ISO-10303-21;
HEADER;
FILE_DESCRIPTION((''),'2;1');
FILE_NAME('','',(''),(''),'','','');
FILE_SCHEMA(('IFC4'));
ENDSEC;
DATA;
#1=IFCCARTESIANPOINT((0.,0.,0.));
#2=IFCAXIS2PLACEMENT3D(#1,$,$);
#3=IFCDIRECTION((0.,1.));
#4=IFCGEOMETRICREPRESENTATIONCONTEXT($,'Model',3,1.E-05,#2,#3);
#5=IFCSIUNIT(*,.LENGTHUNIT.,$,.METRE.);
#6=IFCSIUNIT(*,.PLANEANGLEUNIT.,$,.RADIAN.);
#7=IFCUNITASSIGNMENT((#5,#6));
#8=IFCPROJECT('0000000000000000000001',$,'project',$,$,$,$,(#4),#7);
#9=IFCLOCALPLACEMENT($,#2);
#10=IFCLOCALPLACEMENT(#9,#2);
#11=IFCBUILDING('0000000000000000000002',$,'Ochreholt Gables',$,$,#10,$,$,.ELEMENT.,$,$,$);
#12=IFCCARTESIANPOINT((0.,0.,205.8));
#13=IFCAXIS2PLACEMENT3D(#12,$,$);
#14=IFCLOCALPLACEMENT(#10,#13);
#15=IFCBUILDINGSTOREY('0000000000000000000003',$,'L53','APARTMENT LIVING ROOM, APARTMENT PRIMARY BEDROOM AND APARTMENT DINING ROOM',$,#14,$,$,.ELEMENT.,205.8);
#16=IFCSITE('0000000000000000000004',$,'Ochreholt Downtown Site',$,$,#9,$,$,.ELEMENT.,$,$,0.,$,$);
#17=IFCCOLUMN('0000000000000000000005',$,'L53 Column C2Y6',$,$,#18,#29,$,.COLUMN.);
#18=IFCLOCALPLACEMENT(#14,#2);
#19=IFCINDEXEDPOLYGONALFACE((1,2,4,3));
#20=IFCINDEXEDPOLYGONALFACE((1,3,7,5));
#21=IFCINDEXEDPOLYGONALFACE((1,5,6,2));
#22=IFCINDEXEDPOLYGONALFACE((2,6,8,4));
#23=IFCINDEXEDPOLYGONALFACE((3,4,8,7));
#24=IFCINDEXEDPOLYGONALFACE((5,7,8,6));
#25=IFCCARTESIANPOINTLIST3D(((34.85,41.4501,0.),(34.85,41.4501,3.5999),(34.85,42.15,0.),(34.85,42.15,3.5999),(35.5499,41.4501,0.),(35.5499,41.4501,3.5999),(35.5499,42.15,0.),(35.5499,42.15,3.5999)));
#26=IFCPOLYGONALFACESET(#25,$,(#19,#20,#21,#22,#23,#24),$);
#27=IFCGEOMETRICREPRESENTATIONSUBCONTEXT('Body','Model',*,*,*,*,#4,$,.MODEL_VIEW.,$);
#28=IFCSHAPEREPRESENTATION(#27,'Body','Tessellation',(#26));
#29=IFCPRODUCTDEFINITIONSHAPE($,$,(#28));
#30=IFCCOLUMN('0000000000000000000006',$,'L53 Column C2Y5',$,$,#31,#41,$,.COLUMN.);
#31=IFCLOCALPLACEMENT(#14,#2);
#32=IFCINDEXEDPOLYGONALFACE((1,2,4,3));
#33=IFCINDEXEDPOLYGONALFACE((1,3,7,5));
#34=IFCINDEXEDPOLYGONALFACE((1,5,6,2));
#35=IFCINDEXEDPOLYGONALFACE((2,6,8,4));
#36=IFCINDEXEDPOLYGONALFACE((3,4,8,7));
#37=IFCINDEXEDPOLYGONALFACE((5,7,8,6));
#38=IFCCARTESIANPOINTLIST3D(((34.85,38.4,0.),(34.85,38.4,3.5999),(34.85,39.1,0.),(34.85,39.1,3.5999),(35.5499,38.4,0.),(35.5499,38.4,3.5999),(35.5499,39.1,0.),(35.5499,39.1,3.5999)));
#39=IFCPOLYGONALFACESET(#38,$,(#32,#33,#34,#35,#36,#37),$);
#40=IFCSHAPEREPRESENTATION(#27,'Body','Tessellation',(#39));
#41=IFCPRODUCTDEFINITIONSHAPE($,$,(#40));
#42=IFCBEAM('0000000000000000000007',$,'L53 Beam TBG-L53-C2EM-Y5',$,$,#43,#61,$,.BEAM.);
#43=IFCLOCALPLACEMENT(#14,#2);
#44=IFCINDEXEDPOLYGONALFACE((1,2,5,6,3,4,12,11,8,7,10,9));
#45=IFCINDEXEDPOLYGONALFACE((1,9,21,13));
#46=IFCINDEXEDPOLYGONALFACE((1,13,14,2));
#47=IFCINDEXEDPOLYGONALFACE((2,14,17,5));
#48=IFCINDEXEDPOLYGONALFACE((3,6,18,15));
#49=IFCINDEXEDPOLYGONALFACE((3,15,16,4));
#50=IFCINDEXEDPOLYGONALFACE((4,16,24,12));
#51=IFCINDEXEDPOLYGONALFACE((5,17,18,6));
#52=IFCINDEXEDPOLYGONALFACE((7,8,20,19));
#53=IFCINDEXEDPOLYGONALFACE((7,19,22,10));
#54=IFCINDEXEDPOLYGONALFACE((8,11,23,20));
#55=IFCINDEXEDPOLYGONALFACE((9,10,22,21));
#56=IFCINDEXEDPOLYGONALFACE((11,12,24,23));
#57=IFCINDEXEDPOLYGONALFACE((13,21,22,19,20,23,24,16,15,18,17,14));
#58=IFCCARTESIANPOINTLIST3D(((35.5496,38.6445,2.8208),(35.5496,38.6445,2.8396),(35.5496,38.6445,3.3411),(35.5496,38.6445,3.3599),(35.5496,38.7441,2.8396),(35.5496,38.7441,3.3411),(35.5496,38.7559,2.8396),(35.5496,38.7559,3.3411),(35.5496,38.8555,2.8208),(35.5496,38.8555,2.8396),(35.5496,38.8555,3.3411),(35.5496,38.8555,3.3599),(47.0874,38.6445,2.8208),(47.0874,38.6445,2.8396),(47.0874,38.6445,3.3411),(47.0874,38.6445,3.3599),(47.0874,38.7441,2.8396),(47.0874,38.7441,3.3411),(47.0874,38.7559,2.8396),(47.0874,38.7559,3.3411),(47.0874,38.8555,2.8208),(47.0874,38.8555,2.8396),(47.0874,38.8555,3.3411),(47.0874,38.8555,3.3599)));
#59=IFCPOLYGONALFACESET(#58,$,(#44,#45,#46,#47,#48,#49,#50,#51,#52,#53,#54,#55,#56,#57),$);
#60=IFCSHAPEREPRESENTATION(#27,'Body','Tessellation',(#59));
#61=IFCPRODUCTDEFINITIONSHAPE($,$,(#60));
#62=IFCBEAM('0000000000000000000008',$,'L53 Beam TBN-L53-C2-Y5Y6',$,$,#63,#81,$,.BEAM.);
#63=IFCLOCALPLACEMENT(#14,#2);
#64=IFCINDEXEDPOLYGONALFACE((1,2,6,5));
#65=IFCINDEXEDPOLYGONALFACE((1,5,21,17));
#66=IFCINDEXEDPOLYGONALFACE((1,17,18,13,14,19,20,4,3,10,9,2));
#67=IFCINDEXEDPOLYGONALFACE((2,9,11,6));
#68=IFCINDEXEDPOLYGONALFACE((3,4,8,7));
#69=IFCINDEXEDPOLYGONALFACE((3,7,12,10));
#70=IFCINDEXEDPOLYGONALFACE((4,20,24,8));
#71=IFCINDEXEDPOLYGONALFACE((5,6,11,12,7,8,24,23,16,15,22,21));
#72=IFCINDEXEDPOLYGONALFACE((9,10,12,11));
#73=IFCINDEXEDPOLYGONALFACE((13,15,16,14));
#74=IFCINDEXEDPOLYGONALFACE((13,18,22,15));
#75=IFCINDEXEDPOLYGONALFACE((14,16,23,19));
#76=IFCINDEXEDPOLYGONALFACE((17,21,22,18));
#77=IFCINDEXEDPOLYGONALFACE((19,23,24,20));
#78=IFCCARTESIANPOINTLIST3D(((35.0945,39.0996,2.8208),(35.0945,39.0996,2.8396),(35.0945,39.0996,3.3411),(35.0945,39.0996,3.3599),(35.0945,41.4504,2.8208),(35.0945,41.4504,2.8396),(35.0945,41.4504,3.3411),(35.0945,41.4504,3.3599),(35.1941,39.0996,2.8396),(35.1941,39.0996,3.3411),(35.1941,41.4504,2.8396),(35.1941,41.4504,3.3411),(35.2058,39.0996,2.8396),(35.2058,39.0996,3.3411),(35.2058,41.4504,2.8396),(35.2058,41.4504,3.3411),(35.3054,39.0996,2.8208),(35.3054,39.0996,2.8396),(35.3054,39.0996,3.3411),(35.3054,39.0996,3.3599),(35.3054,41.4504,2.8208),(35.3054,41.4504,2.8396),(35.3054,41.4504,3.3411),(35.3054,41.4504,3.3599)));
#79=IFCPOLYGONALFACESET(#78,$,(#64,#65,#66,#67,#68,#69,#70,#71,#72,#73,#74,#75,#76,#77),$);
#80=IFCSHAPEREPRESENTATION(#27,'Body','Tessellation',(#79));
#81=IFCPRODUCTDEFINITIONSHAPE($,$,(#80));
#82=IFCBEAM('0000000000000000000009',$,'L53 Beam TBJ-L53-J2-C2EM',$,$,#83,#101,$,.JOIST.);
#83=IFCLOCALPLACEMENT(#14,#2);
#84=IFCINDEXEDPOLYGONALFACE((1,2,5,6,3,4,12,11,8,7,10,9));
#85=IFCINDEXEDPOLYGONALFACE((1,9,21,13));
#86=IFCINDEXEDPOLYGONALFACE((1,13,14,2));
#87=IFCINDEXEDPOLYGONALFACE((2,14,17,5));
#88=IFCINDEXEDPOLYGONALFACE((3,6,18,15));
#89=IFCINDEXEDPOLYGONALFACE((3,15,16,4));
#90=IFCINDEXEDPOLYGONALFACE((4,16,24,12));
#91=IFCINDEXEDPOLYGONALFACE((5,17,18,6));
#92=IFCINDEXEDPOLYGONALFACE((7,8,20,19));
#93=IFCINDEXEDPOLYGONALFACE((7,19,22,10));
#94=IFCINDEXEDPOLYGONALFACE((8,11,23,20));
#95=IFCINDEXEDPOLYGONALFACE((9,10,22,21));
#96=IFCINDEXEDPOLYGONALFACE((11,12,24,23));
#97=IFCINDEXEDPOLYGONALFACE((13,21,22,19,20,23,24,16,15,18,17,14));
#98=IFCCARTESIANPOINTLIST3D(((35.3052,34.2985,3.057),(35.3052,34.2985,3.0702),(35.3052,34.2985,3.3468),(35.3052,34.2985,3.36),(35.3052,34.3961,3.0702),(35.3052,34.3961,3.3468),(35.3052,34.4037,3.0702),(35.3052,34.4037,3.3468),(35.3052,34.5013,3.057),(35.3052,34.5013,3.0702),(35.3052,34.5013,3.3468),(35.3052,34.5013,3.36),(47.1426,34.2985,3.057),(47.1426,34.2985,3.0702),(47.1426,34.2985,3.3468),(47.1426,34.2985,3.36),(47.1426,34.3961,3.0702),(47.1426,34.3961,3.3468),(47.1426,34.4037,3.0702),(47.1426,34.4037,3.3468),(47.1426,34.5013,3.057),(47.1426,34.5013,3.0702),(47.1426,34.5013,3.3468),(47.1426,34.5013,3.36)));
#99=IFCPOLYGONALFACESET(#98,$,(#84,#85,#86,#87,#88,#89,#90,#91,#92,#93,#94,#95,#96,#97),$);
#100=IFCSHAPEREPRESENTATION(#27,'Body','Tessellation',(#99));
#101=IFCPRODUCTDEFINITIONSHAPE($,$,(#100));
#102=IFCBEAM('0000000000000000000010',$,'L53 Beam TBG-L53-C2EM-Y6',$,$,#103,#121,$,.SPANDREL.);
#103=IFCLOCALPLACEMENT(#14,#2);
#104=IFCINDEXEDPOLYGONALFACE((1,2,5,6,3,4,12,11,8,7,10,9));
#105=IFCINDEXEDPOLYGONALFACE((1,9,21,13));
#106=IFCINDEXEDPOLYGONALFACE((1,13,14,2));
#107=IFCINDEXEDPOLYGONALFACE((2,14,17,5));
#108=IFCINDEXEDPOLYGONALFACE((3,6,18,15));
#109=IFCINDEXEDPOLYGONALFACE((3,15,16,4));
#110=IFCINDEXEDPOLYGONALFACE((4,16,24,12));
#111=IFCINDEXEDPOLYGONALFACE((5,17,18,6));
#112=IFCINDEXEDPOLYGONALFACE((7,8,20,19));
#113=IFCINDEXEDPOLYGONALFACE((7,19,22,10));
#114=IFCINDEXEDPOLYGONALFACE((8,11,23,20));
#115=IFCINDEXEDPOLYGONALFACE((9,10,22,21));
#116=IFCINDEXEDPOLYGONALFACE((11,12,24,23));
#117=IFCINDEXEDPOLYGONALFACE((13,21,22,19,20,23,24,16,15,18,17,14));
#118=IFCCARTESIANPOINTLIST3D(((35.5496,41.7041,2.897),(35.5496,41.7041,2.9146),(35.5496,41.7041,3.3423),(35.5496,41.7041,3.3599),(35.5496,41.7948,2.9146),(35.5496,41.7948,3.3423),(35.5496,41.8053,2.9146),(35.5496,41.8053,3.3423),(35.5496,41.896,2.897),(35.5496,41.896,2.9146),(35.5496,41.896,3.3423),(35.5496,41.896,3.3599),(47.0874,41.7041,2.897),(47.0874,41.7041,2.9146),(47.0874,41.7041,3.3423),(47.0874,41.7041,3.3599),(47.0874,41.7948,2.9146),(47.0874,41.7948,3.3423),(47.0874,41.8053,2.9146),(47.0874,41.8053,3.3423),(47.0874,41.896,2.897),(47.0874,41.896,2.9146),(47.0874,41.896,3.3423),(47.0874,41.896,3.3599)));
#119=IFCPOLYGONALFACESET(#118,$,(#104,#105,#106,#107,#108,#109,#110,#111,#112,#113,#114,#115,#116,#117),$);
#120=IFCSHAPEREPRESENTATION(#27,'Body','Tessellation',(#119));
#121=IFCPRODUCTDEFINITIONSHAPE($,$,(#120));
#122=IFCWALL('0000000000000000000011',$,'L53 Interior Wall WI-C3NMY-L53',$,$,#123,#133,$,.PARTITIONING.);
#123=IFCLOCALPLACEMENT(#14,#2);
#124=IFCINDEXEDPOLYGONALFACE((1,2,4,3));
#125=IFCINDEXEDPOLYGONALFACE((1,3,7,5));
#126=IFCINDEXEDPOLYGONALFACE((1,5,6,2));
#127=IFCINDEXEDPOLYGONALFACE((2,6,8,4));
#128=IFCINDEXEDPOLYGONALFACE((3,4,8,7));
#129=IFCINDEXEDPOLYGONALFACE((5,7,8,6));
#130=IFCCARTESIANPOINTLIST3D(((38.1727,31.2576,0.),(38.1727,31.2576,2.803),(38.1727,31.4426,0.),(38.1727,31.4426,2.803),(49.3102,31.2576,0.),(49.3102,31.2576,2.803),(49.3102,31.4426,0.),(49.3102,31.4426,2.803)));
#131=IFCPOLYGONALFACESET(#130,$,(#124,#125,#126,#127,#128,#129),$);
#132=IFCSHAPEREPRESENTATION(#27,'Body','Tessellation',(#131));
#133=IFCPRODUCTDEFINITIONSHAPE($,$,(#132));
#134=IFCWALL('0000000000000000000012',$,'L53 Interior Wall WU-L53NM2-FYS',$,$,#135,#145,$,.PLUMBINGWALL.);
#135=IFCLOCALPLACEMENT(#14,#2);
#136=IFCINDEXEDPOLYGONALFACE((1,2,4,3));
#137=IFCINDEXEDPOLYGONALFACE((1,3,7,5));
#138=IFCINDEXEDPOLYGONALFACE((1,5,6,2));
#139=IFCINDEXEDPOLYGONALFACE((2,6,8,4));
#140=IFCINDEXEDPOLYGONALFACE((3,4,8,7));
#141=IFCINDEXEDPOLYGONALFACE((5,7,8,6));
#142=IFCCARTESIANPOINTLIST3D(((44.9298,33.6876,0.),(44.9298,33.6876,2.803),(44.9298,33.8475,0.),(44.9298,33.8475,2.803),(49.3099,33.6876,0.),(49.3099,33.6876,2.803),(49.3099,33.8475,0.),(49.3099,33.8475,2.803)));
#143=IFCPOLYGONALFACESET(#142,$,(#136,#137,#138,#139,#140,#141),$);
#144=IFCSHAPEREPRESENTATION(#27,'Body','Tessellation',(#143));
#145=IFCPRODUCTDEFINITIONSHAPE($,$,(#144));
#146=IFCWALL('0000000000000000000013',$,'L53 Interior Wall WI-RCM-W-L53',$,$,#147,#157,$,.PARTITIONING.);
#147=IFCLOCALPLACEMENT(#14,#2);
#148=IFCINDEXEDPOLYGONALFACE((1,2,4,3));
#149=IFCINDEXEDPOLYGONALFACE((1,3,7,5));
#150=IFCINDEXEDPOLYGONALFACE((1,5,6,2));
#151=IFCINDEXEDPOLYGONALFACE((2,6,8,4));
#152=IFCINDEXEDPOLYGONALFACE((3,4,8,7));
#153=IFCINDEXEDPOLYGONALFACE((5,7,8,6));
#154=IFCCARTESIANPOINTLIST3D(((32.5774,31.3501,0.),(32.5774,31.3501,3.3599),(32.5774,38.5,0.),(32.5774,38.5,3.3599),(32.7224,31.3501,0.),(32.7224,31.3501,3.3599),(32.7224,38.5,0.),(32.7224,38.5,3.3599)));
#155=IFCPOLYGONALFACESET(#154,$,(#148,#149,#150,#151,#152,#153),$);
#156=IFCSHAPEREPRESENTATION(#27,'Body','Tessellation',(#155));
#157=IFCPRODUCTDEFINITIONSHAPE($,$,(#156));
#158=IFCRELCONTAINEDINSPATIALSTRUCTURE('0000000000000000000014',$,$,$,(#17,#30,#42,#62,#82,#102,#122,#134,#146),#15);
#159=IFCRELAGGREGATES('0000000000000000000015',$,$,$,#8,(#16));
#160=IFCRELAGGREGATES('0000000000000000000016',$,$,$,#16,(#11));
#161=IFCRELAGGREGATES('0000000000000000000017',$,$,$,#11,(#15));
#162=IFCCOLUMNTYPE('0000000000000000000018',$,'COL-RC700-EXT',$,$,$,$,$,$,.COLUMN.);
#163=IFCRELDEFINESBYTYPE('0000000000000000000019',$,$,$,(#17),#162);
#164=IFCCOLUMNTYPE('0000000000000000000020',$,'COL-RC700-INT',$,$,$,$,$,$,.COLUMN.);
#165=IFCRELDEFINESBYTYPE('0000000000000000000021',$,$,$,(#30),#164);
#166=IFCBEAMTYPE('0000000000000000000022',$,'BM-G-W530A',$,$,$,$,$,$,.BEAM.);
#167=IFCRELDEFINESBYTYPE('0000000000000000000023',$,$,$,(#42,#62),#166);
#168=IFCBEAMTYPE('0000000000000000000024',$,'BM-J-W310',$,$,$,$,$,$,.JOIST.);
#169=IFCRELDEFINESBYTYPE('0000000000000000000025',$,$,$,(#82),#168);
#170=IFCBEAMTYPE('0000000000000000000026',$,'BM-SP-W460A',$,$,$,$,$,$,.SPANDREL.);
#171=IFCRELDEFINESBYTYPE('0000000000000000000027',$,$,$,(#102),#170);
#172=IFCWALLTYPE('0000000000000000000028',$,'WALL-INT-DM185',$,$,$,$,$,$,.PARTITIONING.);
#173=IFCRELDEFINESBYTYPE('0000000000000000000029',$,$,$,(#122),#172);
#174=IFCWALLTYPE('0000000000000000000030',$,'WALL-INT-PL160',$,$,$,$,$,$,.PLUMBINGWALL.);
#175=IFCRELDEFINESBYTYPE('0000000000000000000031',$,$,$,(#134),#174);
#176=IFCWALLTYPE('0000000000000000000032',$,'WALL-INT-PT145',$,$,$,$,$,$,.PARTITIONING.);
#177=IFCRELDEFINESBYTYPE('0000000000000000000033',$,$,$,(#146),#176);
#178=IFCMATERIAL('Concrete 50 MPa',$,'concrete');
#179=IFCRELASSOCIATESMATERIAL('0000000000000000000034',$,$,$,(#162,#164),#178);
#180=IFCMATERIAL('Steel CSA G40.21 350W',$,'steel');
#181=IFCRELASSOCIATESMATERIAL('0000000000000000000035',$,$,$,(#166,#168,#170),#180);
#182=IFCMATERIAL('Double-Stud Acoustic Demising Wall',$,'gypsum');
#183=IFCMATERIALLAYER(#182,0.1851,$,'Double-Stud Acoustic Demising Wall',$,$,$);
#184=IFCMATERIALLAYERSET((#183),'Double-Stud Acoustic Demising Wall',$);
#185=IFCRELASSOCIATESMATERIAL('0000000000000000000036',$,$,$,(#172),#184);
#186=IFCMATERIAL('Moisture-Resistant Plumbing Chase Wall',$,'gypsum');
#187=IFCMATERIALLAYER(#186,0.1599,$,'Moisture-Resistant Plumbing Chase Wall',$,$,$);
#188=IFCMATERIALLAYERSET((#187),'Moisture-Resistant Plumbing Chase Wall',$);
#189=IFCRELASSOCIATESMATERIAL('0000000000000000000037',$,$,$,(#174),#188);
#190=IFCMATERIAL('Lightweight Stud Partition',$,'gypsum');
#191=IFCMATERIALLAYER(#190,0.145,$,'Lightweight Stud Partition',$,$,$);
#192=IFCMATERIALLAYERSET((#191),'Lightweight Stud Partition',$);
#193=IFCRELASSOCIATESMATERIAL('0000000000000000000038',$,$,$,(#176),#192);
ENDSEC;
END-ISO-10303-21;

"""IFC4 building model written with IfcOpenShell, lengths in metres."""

from ifc_helpers import new_model, si_unit, direction, frame, frame_2d, origin, origin_2d, place, context, subcontext, project, spatial, rectangle, i_section, extrude, material, layer, layer_set, material_profile, profile_set, type_object, element, save


model = new_model("IFC4")

# Units and contexts
model_context = context("Model", 3, precision=1e-05, world=origin(), true_north=direction((0.0, 1.0)))
body_context = subcontext(model_context, "Body", "Model", "MODEL_VIEW")
ifc_project = project(units=[si_unit("LENGTHUNIT", "METRE"), si_unit("PLANEANGLEUNIT", "RADIAN")], contexts=[model_context])

# Site, building, storey
site_placement = place(None, origin())
site = spatial("IfcSite", under=ifc_project, at=site_placement, Name="Ochreholt Downtown Site", CompositionType="ELEMENT", RefElevation=0.0)
building_placement = place(site_placement, origin())
building = spatial("IfcBuilding", under=site, at=building_placement, Name="Ochreholt Gables", CompositionType="ELEMENT")
storey_placement = place(building_placement, frame((0.0, 0.0, 205.8)))
storey = spatial("IfcBuildingStorey", under=building, at=storey_placement, Name="L53", Description="APARTMENT LIVING ROOM, APARTMENT PRIMARY BEDROOM AND APARTMENT DINING ROOM", CompositionType="ELEMENT", Elevation=205.8)

# Columns
ifc_material_1 = material(Name="Concrete 50 MPa", Category="concrete")
ifc_material_profile_1 = material_profile(ifc_material_1, rectangle(XDim=0.7, YDim=0.7, at=origin_2d()), Name="RC700X700")
ifc_profile_set_1 = profile_set([ifc_material_profile_1], Name="Concrete 50 MPa")
column_type_1 = type_object("IfcColumnType", Name="COL-RC700-EXT", PredefinedType="COLUMN", material=ifc_profile_set_1)
column_1_placement = place(storey_placement, frame((35.2, 41.8, 0.0), z_axis=(0.0, 0.0, 1.0), x_axis=(1.0, 0.0, 0.0)))
element("IfcColumn", 1, at=column_1_placement, inside=storey, type_object=column_type_1, Name="L53 Column C2Y6", PredefinedType="COLUMN", context=body_context, shape_type="SweptSolid", body=[
    extrude(rectangle(XDim=0.7, YDim=0.7, at=origin_2d()), origin(), (0.0, 0.0, 1.0), 3.5999),
])
ifc_material_profile_2 = material_profile(ifc_material_1, rectangle(XDim=0.7, YDim=0.7, at=origin_2d()), Name="RC700X700")
ifc_profile_set_2 = profile_set([ifc_material_profile_2], Name="Concrete 50 MPa")
column_type_2 = type_object("IfcColumnType", Name="COL-RC700-INT", PredefinedType="COLUMN", material=ifc_profile_set_2)
column_2_placement = place(storey_placement, frame((35.2, 38.75, 0.0), z_axis=(0.0, 0.0, 1.0), x_axis=(1.0, 0.0, 0.0)))
element("IfcColumn", 2, at=column_2_placement, inside=storey, type_object=column_type_2, Name="L53 Column C2Y5", PredefinedType="COLUMN", context=body_context, shape_type="SweptSolid", body=[
    extrude(rectangle(XDim=0.7, YDim=0.7, at=origin_2d()), origin(), (0.0, 0.0, 1.0), 3.5999),
])

# Beams
ifc_material_2 = material(Name="Steel CSA G40.21 350W", Category="steel")
ifc_material_profile_3 = material_profile(ifc_material_2, i_section(OverallWidth=0.2109, OverallDepth=0.5391, WebThickness=0.0117, FlangeThickness=0.0188, at=origin_2d()), Name="W530X109")
ifc_profile_set_3 = profile_set([ifc_material_profile_3], Name="Steel CSA G40.21 350W")
beam_type_1 = type_object("IfcBeamType", Name="BM-G-W530A", PredefinedType="BEAM", material=ifc_profile_set_3)
beam_1_placement = place(storey_placement, frame((35.5496, 38.75, 3.0903), z_axis=(1.0, 0.0, 0.0), x_axis=(0.0, 1.0, 0.0)))
element("IfcBeam", 3, at=beam_1_placement, inside=storey, type_object=beam_type_1, Name="L53 Beam TBG-L53-C2EM-Y5", PredefinedType="BEAM", context=body_context, shape_type="SweptSolid", body=[
    extrude(i_section(OverallWidth=0.2109, OverallDepth=0.5391, WebThickness=0.0117, FlangeThickness=0.0188, at=origin_2d()), origin(), (0.0, 0.0, 1.0), 11.5378),
])
beam_2_placement = place(storey_placement, frame((35.2, 39.0996, 3.0903), z_axis=(0.0, 1.0, 0.0), x_axis=(-1.0, 0.0, 0.0)))
element("IfcBeam", 4, at=beam_2_placement, inside=storey, type_object=beam_type_1, Name="L53 Beam TBN-L53-C2-Y5Y6", PredefinedType="BEAM", context=body_context, shape_type="SweptSolid", body=[
    extrude(i_section(OverallWidth=0.2109, OverallDepth=0.5391, WebThickness=0.0117, FlangeThickness=0.0188, at=origin_2d()), origin(), (0.0, 0.0, 1.0), 2.3508),
])
ifc_material_profile_4 = material_profile(ifc_material_2, i_section(OverallWidth=0.2029, OverallDepth=0.303, WebThickness=0.0076, FlangeThickness=0.0132, at=origin_2d()), Name="W310X60")
ifc_profile_set_4 = profile_set([ifc_material_profile_4], Name="Steel CSA G40.21 350W")
beam_type_2 = type_object("IfcBeamType", Name="BM-J-W310", PredefinedType="JOIST", material=ifc_profile_set_4)
beam_3_placement = place(storey_placement, frame((35.3052, 34.3999, 3.2085), z_axis=(1.0, 0.0, 0.0), x_axis=(0.0, 1.0, 0.0)))
element("IfcBeam", 5, at=beam_3_placement, inside=storey, type_object=beam_type_2, Name="L53 Beam TBJ-L53-J2-C2EM", PredefinedType="JOIST", context=body_context, shape_type="SweptSolid", body=[
    extrude(i_section(OverallWidth=0.2029, OverallDepth=0.303, WebThickness=0.0076, FlangeThickness=0.0132, at=origin_2d()), origin(), (0.0, 0.0, 1.0), 11.8374),
])
ifc_material_profile_5 = material_profile(ifc_material_2, i_section(OverallWidth=0.1919, OverallDepth=0.4629, WebThickness=0.0105, FlangeThickness=0.0176, at=origin_2d()), Name="W460X89")
ifc_profile_set_5 = profile_set([ifc_material_profile_5], Name="Steel CSA G40.21 350W")
beam_type_3 = type_object("IfcBeamType", Name="BM-SP-W460A", PredefinedType="SPANDREL", material=ifc_profile_set_5)
beam_4_placement = place(storey_placement, frame((35.5496, 41.8, 3.1284), z_axis=(1.0, 0.0, 0.0), x_axis=(0.0, 1.0, 0.0)))
element("IfcBeam", 6, at=beam_4_placement, inside=storey, type_object=beam_type_3, Name="L53 Beam TBG-L53-C2EM-Y6", PredefinedType="SPANDREL", context=body_context, shape_type="SweptSolid", body=[
    extrude(i_section(OverallWidth=0.1919, OverallDepth=0.4629, WebThickness=0.0105, FlangeThickness=0.0176, at=origin_2d()), origin(), (0.0, 0.0, 1.0), 11.5378),
])

# Walls
ifc_material_3 = material(Name="Double-Stud Acoustic Demising Wall", Category="gypsum")
ifc_layer_1 = layer(ifc_material_3, 0.1851, Name="Double-Stud Acoustic Demising Wall")
ifc_layer_set_1 = layer_set([ifc_layer_1], Name="Double-Stud Acoustic Demising Wall")
wall_type_1 = type_object("IfcWallType", Name="WALL-INT-DM185", PredefinedType="PARTITIONING", material=ifc_layer_set_1)
wall_1_placement = place(storey_placement, frame((38.1726, 31.3501, 0.0), z_axis=(0.0, 0.0, 1.0), x_axis=(1.0, 0.0, 0.0)))
element("IfcWall", 7, at=wall_1_placement, inside=storey, type_object=wall_type_1, Name="L53 Interior Wall WI-C3NMY-L53", PredefinedType="PARTITIONING", context=body_context, shape_type="SweptSolid", body=[
    extrude(rectangle(XDim=11.1375, YDim=0.1851, at=frame_2d((5.5688, 0.0))), origin(), (0.0, 0.0, 1.0), 2.803),
])
ifc_material_4 = material(Name="Moisture-Resistant Plumbing Chase Wall", Category="gypsum")
ifc_layer_2 = layer(ifc_material_4, 0.1599, Name="Moisture-Resistant Plumbing Chase Wall")
ifc_layer_set_2 = layer_set([ifc_layer_2], Name="Moisture-Resistant Plumbing Chase Wall")
wall_type_2 = type_object("IfcWallType", Name="WALL-INT-PL160", PredefinedType="PLUMBINGWALL", material=ifc_layer_set_2)
wall_2_placement = place(storey_placement, frame((44.9299, 33.7676, 0.0), z_axis=(0.0, 0.0, 1.0), x_axis=(1.0, 0.0, 0.0)))
element("IfcWall", 8, at=wall_2_placement, inside=storey, type_object=wall_type_2, Name="L53 Interior Wall WU-L53NM2-FYS", PredefinedType="PLUMBINGWALL", context=body_context, shape_type="SweptSolid", body=[
    extrude(rectangle(XDim=4.3801, YDim=0.1599, at=frame_2d((2.1899, 0.0))), origin(), (0.0, 0.0, 1.0), 2.803),
])
ifc_material_5 = material(Name="Lightweight Stud Partition", Category="gypsum")
ifc_layer_3 = layer(ifc_material_5, 0.145, Name="Lightweight Stud Partition")
ifc_layer_set_3 = layer_set([ifc_layer_3], Name="Lightweight Stud Partition")
wall_type_3 = type_object("IfcWallType", Name="WALL-INT-PT145", PredefinedType="PARTITIONING", material=ifc_layer_set_3)
wall_3_placement = place(storey_placement, frame((32.6499, 31.3501, 0.0), z_axis=(0.0, 0.0, 1.0), x_axis=(0.0, 1.0, 0.0)))
element("IfcWall", 9, at=wall_3_placement, inside=storey, type_object=wall_type_3, Name="L53 Interior Wall WI-RCM-W-L53", PredefinedType="PARTITIONING", context=body_context, shape_type="SweptSolid", body=[
    extrude(rectangle(XDim=7.1499, YDim=0.145, at=frame_2d((3.575, 0.0))), origin(), (0.0, 0.0, 1.0), 3.3599),
])

save(model, "model.ifc")
